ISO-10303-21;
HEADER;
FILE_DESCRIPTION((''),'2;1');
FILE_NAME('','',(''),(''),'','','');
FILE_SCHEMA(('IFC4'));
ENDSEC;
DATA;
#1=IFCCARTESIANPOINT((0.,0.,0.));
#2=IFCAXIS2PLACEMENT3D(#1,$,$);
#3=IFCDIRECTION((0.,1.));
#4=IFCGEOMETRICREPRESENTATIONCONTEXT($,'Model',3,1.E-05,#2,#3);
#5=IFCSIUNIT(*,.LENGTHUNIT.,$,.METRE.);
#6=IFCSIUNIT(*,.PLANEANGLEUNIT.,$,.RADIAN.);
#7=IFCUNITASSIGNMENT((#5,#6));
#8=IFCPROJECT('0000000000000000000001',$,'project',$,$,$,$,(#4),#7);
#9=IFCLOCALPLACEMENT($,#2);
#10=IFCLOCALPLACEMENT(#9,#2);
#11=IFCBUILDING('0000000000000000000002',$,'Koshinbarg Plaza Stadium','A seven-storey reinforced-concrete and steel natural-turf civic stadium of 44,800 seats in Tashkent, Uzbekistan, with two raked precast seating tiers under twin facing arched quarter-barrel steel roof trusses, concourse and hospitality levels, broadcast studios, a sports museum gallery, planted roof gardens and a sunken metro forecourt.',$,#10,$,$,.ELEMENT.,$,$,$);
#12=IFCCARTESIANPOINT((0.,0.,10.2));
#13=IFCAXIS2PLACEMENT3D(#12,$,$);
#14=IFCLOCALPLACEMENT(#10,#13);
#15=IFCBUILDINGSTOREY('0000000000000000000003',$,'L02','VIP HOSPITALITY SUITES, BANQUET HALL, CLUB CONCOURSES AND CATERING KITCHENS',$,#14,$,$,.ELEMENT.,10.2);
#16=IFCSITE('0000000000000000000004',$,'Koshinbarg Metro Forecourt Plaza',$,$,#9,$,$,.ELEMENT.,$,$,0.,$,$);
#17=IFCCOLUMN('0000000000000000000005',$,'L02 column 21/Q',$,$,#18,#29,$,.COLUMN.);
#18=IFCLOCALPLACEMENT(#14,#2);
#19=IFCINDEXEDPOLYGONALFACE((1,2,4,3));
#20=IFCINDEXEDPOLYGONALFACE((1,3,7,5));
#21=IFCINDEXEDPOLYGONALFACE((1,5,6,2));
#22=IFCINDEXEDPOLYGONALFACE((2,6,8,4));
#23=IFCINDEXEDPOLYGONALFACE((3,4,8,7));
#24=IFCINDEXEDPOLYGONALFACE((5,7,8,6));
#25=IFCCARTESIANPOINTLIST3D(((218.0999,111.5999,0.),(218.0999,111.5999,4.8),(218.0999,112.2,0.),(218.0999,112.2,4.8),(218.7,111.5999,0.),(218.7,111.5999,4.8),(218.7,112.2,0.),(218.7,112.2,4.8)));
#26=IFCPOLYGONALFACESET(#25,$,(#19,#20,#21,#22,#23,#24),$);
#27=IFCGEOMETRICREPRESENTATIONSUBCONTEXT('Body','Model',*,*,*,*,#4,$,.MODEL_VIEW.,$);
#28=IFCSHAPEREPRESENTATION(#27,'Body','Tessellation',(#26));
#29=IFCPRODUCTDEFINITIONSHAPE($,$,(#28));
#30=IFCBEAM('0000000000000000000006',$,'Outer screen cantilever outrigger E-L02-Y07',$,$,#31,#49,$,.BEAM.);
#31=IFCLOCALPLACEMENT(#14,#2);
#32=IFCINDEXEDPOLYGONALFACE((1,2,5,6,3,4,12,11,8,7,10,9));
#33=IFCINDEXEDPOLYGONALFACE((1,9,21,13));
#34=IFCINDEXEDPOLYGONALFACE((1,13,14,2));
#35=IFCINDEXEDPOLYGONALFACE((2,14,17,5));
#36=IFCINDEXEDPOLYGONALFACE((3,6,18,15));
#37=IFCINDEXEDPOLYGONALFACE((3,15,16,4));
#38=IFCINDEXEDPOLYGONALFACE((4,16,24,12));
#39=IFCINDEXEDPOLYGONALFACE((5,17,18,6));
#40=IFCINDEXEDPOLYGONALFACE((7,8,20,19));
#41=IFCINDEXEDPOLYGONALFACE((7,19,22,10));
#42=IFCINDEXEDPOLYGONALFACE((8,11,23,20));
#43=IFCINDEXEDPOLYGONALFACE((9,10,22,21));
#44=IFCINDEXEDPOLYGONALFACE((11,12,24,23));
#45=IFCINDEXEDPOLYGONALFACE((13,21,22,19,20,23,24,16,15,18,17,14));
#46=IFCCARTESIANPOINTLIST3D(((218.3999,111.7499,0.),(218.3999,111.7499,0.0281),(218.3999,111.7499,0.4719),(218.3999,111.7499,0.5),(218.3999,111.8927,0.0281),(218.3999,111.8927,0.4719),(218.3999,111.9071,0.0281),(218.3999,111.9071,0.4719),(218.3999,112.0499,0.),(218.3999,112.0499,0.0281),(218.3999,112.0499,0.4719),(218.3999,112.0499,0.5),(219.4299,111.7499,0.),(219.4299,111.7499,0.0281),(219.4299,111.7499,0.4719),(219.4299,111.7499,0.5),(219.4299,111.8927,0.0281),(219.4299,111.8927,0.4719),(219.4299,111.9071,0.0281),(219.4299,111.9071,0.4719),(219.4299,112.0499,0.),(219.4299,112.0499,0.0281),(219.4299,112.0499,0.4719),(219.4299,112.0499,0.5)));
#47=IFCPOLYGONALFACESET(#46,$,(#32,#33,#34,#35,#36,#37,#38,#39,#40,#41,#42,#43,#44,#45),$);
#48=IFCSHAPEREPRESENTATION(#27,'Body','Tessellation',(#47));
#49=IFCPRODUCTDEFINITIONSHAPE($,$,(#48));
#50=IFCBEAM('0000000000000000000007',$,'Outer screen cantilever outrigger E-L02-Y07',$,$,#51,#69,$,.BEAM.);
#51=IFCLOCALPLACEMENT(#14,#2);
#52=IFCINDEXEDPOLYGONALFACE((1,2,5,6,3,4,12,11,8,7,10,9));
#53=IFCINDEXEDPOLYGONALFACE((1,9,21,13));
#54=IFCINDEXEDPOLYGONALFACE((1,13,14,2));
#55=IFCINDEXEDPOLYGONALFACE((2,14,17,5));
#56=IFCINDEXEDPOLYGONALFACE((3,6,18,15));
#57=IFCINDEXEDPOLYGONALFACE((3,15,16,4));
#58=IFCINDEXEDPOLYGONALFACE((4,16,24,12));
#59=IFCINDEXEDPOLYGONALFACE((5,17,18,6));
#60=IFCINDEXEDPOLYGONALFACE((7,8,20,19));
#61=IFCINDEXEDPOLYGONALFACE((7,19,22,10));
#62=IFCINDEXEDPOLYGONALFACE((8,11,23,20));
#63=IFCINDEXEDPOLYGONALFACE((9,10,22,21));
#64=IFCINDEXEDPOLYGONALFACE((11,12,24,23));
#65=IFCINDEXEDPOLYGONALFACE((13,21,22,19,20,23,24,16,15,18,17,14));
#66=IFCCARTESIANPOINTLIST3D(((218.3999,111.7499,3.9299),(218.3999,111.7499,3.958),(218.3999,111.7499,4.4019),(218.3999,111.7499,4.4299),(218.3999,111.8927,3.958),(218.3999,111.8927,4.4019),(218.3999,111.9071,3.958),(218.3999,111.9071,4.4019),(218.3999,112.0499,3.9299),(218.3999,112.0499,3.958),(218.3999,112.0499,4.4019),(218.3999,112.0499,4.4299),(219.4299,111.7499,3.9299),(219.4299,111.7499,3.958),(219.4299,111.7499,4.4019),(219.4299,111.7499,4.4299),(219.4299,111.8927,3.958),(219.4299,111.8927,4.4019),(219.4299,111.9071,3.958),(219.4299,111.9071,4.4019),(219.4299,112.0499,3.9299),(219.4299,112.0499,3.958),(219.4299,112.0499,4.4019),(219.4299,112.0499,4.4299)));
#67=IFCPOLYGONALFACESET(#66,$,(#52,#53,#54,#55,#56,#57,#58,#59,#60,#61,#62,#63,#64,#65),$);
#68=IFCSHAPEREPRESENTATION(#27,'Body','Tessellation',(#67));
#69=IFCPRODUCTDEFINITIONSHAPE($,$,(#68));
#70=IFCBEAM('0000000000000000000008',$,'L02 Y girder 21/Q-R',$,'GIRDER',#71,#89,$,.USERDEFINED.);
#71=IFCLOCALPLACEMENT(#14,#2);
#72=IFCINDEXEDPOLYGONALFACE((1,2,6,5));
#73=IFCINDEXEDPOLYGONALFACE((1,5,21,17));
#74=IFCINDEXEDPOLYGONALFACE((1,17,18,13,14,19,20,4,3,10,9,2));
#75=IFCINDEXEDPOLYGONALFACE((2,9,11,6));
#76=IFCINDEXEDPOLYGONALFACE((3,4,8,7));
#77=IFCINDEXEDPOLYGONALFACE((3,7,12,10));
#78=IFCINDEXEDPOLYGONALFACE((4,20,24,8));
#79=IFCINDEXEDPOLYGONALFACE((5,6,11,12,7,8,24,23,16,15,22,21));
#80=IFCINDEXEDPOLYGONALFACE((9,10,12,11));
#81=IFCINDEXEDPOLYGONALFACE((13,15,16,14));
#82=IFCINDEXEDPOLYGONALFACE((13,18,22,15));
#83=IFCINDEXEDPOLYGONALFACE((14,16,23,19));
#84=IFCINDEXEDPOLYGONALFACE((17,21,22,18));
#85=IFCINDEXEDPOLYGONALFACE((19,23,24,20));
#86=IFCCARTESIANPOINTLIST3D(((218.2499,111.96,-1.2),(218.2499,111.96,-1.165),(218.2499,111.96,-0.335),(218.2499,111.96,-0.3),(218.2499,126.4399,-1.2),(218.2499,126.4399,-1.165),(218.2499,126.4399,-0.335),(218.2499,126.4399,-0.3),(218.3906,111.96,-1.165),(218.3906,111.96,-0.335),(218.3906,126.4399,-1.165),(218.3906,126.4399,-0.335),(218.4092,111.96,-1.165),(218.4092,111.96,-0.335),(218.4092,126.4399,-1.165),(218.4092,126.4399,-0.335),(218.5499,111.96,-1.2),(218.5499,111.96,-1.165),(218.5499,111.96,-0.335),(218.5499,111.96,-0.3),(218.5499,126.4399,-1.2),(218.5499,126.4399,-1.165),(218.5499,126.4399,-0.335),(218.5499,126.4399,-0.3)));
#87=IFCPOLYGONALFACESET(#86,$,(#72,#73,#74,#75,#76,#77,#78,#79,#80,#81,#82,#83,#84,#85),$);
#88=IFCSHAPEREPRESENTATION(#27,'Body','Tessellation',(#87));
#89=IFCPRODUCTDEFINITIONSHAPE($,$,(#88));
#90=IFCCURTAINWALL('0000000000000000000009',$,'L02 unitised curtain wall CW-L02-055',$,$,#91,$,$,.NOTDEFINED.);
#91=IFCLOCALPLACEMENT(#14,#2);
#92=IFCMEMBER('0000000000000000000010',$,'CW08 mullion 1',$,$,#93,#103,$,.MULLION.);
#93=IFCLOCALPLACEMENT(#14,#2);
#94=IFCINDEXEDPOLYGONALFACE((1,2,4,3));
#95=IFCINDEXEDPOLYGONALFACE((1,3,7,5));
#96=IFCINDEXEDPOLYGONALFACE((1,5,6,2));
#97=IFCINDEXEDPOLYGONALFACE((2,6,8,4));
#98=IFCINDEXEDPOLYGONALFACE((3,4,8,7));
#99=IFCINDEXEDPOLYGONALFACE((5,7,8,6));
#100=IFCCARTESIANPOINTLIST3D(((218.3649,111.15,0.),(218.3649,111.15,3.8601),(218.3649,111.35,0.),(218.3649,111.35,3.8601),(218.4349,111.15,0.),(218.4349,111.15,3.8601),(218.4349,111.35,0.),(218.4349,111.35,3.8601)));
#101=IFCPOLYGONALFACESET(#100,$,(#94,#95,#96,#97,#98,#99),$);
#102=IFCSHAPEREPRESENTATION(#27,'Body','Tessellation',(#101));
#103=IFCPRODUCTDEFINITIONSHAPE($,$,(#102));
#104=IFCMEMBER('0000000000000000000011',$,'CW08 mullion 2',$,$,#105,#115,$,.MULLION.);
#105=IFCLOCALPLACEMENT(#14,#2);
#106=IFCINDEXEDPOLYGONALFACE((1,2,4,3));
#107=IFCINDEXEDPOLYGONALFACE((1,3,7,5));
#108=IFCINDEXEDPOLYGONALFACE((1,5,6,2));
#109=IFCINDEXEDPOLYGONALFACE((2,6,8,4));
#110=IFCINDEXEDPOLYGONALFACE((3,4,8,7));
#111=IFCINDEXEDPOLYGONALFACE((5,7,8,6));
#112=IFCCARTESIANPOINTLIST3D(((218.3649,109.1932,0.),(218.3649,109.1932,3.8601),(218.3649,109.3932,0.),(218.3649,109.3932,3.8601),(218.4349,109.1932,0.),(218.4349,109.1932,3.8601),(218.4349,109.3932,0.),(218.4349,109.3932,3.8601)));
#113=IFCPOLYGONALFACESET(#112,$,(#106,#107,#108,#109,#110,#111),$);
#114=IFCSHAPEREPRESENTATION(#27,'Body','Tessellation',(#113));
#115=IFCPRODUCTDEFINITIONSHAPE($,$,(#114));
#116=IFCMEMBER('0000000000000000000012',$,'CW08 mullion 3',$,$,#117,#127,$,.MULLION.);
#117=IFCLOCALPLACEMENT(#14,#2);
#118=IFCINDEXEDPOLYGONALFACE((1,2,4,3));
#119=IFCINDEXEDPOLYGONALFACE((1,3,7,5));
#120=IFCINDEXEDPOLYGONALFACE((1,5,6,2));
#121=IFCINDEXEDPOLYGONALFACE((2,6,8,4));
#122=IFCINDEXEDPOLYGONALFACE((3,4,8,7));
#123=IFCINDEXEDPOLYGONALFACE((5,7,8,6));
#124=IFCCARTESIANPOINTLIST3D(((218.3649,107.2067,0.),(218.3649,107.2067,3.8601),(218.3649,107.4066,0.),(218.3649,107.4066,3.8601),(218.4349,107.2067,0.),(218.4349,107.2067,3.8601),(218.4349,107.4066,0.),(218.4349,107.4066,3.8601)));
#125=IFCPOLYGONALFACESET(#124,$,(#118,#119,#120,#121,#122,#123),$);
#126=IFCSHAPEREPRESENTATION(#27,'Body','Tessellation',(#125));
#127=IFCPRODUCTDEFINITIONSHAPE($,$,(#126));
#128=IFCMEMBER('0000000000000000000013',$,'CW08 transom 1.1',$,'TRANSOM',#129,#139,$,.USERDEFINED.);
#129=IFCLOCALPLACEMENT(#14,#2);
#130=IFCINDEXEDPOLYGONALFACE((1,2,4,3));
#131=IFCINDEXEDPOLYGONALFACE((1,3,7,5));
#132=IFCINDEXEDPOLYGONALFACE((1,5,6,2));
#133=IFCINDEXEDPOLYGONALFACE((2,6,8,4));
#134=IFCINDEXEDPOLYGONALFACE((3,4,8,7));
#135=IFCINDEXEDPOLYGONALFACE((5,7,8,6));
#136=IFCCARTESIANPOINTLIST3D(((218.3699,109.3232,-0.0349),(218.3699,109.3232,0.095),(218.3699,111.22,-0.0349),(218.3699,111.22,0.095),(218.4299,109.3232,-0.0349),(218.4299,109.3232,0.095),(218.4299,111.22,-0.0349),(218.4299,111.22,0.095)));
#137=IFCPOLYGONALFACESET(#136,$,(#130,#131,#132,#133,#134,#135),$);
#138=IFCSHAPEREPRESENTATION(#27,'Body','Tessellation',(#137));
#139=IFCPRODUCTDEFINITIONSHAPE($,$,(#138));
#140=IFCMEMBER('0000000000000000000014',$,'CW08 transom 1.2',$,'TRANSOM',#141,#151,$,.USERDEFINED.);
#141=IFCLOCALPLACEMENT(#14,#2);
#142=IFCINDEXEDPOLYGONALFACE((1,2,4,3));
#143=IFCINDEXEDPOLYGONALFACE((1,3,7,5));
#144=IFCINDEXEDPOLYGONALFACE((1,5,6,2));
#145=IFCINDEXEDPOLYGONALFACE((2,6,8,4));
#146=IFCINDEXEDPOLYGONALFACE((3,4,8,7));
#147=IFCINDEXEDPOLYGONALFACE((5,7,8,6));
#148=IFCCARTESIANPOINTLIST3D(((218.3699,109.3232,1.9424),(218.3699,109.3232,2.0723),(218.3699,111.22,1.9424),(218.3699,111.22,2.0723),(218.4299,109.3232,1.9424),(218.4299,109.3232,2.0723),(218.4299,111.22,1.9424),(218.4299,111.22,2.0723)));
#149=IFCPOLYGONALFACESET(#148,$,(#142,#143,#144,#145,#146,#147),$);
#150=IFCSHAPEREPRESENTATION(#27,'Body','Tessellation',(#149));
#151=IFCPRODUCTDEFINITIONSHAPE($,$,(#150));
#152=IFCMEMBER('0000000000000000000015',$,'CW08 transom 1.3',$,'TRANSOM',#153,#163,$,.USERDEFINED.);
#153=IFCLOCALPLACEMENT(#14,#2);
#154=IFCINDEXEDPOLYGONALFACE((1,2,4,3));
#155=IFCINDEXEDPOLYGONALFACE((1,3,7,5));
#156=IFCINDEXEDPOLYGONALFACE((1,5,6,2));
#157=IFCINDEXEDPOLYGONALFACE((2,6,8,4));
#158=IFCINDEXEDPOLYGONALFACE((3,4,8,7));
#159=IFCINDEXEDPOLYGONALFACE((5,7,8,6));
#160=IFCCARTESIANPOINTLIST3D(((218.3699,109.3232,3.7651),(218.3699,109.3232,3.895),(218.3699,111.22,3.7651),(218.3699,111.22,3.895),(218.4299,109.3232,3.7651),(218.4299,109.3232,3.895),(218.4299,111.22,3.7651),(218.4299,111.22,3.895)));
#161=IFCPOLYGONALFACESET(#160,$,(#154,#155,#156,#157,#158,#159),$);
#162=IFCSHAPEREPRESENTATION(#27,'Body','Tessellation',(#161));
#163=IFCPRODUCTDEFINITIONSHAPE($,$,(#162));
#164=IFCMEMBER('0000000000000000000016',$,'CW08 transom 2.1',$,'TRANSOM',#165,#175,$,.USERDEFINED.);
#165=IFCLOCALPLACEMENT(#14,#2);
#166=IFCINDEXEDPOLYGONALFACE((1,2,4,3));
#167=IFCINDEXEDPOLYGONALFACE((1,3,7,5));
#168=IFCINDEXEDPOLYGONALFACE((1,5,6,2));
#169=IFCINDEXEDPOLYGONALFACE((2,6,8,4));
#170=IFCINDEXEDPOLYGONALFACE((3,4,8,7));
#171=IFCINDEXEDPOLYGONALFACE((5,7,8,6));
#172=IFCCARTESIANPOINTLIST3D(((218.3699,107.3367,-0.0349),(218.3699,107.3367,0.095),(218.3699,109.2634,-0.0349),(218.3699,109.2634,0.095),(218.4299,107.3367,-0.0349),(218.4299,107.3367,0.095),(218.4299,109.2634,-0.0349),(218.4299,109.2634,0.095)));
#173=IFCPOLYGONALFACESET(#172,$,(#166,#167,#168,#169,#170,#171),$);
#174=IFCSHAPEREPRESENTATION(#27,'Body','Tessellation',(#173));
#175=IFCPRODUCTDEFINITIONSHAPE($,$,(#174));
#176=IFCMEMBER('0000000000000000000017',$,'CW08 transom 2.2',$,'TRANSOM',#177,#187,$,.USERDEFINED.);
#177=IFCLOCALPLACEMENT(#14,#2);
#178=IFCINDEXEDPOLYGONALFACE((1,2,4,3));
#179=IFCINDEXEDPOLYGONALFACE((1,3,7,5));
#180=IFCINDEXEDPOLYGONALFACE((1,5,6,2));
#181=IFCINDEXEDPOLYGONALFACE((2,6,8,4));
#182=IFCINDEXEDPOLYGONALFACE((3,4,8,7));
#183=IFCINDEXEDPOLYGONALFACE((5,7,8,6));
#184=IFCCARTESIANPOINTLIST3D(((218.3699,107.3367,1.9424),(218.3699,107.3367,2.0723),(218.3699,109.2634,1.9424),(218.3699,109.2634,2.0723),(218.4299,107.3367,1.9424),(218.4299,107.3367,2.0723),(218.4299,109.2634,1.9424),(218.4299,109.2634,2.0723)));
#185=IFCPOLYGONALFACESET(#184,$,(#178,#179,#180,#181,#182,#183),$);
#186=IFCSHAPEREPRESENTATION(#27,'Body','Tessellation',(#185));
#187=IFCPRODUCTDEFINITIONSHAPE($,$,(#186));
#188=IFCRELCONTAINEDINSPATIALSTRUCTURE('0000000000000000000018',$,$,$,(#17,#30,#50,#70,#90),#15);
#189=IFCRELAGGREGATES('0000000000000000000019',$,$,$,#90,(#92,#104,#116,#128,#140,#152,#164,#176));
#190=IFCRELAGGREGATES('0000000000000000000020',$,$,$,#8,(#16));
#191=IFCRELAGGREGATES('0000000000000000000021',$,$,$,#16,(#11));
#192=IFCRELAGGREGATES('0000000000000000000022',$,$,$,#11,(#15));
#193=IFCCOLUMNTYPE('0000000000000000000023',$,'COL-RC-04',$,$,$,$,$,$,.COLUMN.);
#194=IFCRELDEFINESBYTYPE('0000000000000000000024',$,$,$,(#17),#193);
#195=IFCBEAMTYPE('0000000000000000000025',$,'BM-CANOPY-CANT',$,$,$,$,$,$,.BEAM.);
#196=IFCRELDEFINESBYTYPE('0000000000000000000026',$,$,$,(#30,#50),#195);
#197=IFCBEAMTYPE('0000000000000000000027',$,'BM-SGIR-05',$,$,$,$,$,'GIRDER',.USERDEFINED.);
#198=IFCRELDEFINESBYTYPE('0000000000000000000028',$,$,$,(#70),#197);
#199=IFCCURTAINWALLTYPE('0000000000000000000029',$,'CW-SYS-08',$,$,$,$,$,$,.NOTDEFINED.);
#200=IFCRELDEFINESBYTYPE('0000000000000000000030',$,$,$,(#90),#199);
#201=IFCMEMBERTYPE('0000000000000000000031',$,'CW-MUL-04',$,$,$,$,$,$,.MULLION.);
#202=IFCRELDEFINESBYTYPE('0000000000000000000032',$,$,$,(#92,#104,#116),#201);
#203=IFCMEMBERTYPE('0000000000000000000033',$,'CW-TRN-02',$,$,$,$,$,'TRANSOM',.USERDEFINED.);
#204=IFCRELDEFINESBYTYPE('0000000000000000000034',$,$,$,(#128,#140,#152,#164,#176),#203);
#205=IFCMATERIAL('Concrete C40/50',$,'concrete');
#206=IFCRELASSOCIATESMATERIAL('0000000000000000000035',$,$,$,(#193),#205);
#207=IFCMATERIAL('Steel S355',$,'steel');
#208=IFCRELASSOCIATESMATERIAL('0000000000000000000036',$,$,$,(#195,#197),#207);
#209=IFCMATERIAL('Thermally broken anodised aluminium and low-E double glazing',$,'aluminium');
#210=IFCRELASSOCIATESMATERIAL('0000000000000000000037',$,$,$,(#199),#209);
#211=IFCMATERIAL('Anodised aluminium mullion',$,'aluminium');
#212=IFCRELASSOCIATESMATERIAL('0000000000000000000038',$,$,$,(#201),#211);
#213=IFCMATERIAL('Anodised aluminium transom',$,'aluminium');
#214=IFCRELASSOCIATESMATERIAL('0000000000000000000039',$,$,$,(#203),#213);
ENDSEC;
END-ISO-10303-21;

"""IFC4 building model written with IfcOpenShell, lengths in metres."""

from ifc_helpers import new_model, si_unit, direction, frame, origin, origin_2d, place, context, subcontext, project, spatial, rectangle, i_section, extrude, material, material_profile, profile_set, type_object, element, aggregate, save


model = new_model("IFC4")

# Units and contexts
model_context = context("Model", 3, precision=1e-05, world=origin(), true_north=direction((0.0, 1.0)))
body_context = subcontext(model_context, "Body", "Model", "MODEL_VIEW")
ifc_project = project(units=[si_unit("LENGTHUNIT", "METRE"), si_unit("PLANEANGLEUNIT", "RADIAN")], contexts=[model_context])

# Site, building, storey
site_placement = place(None, origin())
site = spatial("IfcSite", under=ifc_project, at=site_placement, Name="Koshinbarg Metro Forecourt Plaza", CompositionType="ELEMENT", RefElevation=0.0)
building_placement = place(site_placement, origin())
building = spatial("IfcBuilding", under=site, at=building_placement, Name="Koshinbarg Plaza Stadium", Description="A seven-storey reinforced-concrete and steel natural-turf civic stadium of 44,800 seats in Tashkent, Uzbekistan, with two raked precast seating tiers under twin facing arched quarter-barrel steel roof trusses, concourse and hospitality levels, broadcast studios, a sports museum gallery, planted roof gardens and a sunken metro forecourt.", CompositionType="ELEMENT")
storey_placement = place(building_placement, frame((0.0, 0.0, 10.2)))
storey = spatial("IfcBuildingStorey", under=building, at=storey_placement, Name="L02", Description="VIP HOSPITALITY SUITES, BANQUET HALL, CLUB CONCOURSES AND CATERING KITCHENS", CompositionType="ELEMENT", Elevation=10.2)

# Column
ifc_material_1 = material(Name="Concrete C40/50", Category="concrete")
ifc_material_profile_1 = material_profile(ifc_material_1, rectangle(XDim=0.6001, YDim=0.6001, at=origin_2d()), Name="RC 600x600")
ifc_profile_set_1 = profile_set([ifc_material_profile_1], Name="Concrete C40/50")
column_type = type_object("IfcColumnType", Name="COL-RC-04", PredefinedType="COLUMN", material=ifc_profile_set_1)
column_placement = place(storey_placement, frame((218.3999, 111.8999, 0.0), z_axis=(0.0, 0.0, 1.0), x_axis=(1.0, 0.0, 0.0)))
element("IfcColumn", 1, at=column_placement, inside=storey, type_object=column_type, Name="L02 column 21/Q", PredefinedType="COLUMN", context=body_context, shape_type="SweptSolid", body=[
    extrude(rectangle(XDim=0.6001, YDim=0.6001, at=origin_2d()), origin(), (0.0, 0.0, 1.0), 4.8),
])

# Beams
ifc_material_2 = material(Name="Steel S355", Category="steel")
ifc_material_profile_2 = material_profile(ifc_material_2, i_section(OverallWidth=0.3, OverallDepth=0.5, WebThickness=0.0144, FlangeThickness=0.0281, at=origin_2d()), Name="HEB 500")
ifc_profile_set_2 = profile_set([ifc_material_profile_2], Name="Steel S355")
beam_type_1 = type_object("IfcBeamType", Name="BM-CANOPY-CANT", PredefinedType="BEAM", material=ifc_profile_set_2)
for number, where, z_axis, x_axis, name in (
    (2, (218.3999, 111.8999, 0.25), (1.0, 0.0, 0.0), (0.0, 1.0, 0.0), "Outer screen cantilever outrigger E-L02-Y07"),
    (3, (218.3999, 111.8999, 4.1799), (1.0, 0.0, 0.0), (0.0, 1.0, 0.0), "Outer screen cantilever outrigger E-L02-Y07"),
):
    element("IfcBeam", number, at=place(storey_placement, frame(where, z_axis=z_axis, x_axis=x_axis)), inside=storey, type_object=beam_type_1, Name=name, PredefinedType="BEAM", context=body_context, shape_type="SweptSolid", body=[
        extrude(i_section(OverallWidth=0.3, OverallDepth=0.5, WebThickness=0.0144, FlangeThickness=0.0281, at=origin_2d()), origin(), (0.0, 0.0, 1.0), 1.03),
    ])
ifc_material_profile_3 = material_profile(ifc_material_2, i_section(OverallWidth=0.3, OverallDepth=0.8999, WebThickness=0.0186, FlangeThickness=0.0349, at=origin_2d()), Name="HEB 900")
ifc_profile_set_3 = profile_set([ifc_material_profile_3], Name="Steel S355")
beam_type_2 = type_object("IfcBeamType", Name="BM-SGIR-05", ElementType="GIRDER", PredefinedType="USERDEFINED", material=ifc_profile_set_3)
beam_placement = place(storey_placement, frame((218.3999, 111.96, -0.75), z_axis=(0.0, 1.0, 0.0), x_axis=(-1.0, 0.0, 0.0)))
element("IfcBeam", 4, at=beam_placement, inside=storey, type_object=beam_type_2, Name="L02 Y girder 21/Q-R", ObjectType="GIRDER", PredefinedType="USERDEFINED", context=body_context, shape_type="SweptSolid", body=[
    extrude(i_section(OverallWidth=0.3, OverallDepth=0.8999, WebThickness=0.0186, FlangeThickness=0.0349, at=origin_2d()), origin(), (0.0, 0.0, 1.0), 14.48),
])

# Curtain wall, members
ifc_material_3 = material(Name="Thermally broken anodised aluminium and low-E double glazing", Category="aluminium")
curtain_wall_type = type_object("IfcCurtainWallType", Name="CW-SYS-08", PredefinedType="NOTDEFINED", material=ifc_material_3)
curtain_wall_placement = place(storey_placement, origin())
curtain_wall = element("IfcCurtainWall", 5, at=curtain_wall_placement, inside=storey, type_object=curtain_wall_type, Name="L02 unitised curtain wall CW-L02-055", PredefinedType="NOTDEFINED")
ifc_material_4 = material(Name="Anodised aluminium mullion", Category="aluminium")
ifc_material_profile_4 = material_profile(ifc_material_4, rectangle(XDim=0.0701, YDim=0.2, at=origin_2d()), Name="ALU 70x200")
ifc_profile_set_4 = profile_set([ifc_material_profile_4], Name="Anodised aluminium mullion")
member_type_1 = type_object("IfcMemberType", Name="CW-MUL-04", PredefinedType="MULLION", material=ifc_profile_set_4)
member_1_placement = place(storey_placement, frame((218.3999, 111.25, 0.0), z_axis=(0.0, 0.0, 1.0), x_axis=(1.0, 0.0, 0.0)))
member_1 = element("IfcMember", 6, at=member_1_placement, type_object=member_type_1, Name="CW08 mullion 1", PredefinedType="MULLION", context=body_context, shape_type="SweptSolid", body=[
    extrude(rectangle(XDim=0.0701, YDim=0.2, at=origin_2d()), origin(), (0.0, 0.0, 1.0), 3.8601),
])
member_2_placement = place(storey_placement, frame((218.3999, 109.2932, 0.0), z_axis=(0.0, 0.0, 1.0), x_axis=(1.0, 0.0, 0.0)))
member_2 = element("IfcMember", 7, at=member_2_placement, type_object=member_type_1, Name="CW08 mullion 2", PredefinedType="MULLION", context=body_context, shape_type="SweptSolid", body=[
    extrude(rectangle(XDim=0.0701, YDim=0.2, at=origin_2d()), origin(), (0.0, 0.0, 1.0), 3.8601),
])
member_3_placement = place(storey_placement, frame((218.3999, 107.3066, 0.0), z_axis=(0.0, 0.0, 1.0), x_axis=(1.0, 0.0, 0.0)))
member_3 = element("IfcMember", 8, at=member_3_placement, type_object=member_type_1, Name="CW08 mullion 3", PredefinedType="MULLION", context=body_context, shape_type="SweptSolid", body=[
    extrude(rectangle(XDim=0.0701, YDim=0.2, at=origin_2d()), origin(), (0.0, 0.0, 1.0), 3.8601),
])
ifc_material_5 = material(Name="Anodised aluminium transom", Category="aluminium")
ifc_material_profile_5 = material_profile(ifc_material_5, rectangle(XDim=0.0601, YDim=0.1299, at=origin_2d()), Name="ALU 60x130")
ifc_profile_set_5 = profile_set([ifc_material_profile_5], Name="Anodised aluminium transom")
member_type_2 = type_object("IfcMemberType", Name="CW-TRN-02", ElementType="TRANSOM", PredefinedType="USERDEFINED", material=ifc_profile_set_5)
member_4_placement = place(storey_placement, frame((218.3999, 111.22, 0.03), z_axis=(0.0, -1.0, 0.0), x_axis=(1.0, 0.0, 0.0)))
member_4 = element("IfcMember", 9, at=member_4_placement, type_object=member_type_2, Name="CW08 transom 1.1", ObjectType="TRANSOM", PredefinedType="USERDEFINED", context=body_context, shape_type="SweptSolid", body=[
    extrude(rectangle(XDim=0.0601, YDim=0.1299, at=origin_2d()), origin(), (0.0, 0.0, 1.0), 1.8967),
])
member_5_placement = place(storey_placement, frame((218.3999, 111.22, 2.0073), z_axis=(0.0, -1.0, 0.0), x_axis=(1.0, 0.0, 0.0)))
member_5 = element("IfcMember", 10, at=member_5_placement, type_object=member_type_2, Name="CW08 transom 1.2", ObjectType="TRANSOM", PredefinedType="USERDEFINED", context=body_context, shape_type="SweptSolid", body=[
    extrude(rectangle(XDim=0.0601, YDim=0.1299, at=origin_2d()), origin(), (0.0, 0.0, 1.0), 1.8967),
])
member_6_placement = place(storey_placement, frame((218.3999, 111.22, 3.8301), z_axis=(0.0, -1.0, 0.0), x_axis=(1.0, 0.0, 0.0)))
member_6 = element("IfcMember", 11, at=member_6_placement, type_object=member_type_2, Name="CW08 transom 1.3", ObjectType="TRANSOM", PredefinedType="USERDEFINED", context=body_context, shape_type="SweptSolid", body=[
    extrude(rectangle(XDim=0.0601, YDim=0.1299, at=origin_2d()), origin(), (0.0, 0.0, 1.0), 1.8967),
])
member_7_placement = place(storey_placement, frame((218.3999, 109.2634, 0.03), z_axis=(0.0, -1.0, 0.0), x_axis=(1.0, 0.0, 0.0)))
member_7 = element("IfcMember", 12, at=member_7_placement, type_object=member_type_2, Name="CW08 transom 2.1", ObjectType="TRANSOM", PredefinedType="USERDEFINED", context=body_context, shape_type="SweptSolid", body=[
    extrude(rectangle(XDim=0.0601, YDim=0.1299, at=origin_2d()), origin(), (0.0, 0.0, 1.0), 1.9268),
])
member_8_placement = place(storey_placement, frame((218.3999, 109.2634, 2.0073), z_axis=(0.0, -1.0, 0.0), x_axis=(1.0, 0.0, 0.0)))
member_8 = element("IfcMember", 13, at=member_8_placement, type_object=member_type_2, Name="CW08 transom 2.2", ObjectType="TRANSOM", PredefinedType="USERDEFINED", context=body_context, shape_type="SweptSolid", body=[
    extrude(rectangle(XDim=0.0601, YDim=0.1299, at=origin_2d()), origin(), (0.0, 0.0, 1.0), 1.9268),
])

aggregate(curtain_wall, [member_1, member_2, member_3, member_4, member_5, member_6, member_7, member_8])

save(model, "model.ifc")
